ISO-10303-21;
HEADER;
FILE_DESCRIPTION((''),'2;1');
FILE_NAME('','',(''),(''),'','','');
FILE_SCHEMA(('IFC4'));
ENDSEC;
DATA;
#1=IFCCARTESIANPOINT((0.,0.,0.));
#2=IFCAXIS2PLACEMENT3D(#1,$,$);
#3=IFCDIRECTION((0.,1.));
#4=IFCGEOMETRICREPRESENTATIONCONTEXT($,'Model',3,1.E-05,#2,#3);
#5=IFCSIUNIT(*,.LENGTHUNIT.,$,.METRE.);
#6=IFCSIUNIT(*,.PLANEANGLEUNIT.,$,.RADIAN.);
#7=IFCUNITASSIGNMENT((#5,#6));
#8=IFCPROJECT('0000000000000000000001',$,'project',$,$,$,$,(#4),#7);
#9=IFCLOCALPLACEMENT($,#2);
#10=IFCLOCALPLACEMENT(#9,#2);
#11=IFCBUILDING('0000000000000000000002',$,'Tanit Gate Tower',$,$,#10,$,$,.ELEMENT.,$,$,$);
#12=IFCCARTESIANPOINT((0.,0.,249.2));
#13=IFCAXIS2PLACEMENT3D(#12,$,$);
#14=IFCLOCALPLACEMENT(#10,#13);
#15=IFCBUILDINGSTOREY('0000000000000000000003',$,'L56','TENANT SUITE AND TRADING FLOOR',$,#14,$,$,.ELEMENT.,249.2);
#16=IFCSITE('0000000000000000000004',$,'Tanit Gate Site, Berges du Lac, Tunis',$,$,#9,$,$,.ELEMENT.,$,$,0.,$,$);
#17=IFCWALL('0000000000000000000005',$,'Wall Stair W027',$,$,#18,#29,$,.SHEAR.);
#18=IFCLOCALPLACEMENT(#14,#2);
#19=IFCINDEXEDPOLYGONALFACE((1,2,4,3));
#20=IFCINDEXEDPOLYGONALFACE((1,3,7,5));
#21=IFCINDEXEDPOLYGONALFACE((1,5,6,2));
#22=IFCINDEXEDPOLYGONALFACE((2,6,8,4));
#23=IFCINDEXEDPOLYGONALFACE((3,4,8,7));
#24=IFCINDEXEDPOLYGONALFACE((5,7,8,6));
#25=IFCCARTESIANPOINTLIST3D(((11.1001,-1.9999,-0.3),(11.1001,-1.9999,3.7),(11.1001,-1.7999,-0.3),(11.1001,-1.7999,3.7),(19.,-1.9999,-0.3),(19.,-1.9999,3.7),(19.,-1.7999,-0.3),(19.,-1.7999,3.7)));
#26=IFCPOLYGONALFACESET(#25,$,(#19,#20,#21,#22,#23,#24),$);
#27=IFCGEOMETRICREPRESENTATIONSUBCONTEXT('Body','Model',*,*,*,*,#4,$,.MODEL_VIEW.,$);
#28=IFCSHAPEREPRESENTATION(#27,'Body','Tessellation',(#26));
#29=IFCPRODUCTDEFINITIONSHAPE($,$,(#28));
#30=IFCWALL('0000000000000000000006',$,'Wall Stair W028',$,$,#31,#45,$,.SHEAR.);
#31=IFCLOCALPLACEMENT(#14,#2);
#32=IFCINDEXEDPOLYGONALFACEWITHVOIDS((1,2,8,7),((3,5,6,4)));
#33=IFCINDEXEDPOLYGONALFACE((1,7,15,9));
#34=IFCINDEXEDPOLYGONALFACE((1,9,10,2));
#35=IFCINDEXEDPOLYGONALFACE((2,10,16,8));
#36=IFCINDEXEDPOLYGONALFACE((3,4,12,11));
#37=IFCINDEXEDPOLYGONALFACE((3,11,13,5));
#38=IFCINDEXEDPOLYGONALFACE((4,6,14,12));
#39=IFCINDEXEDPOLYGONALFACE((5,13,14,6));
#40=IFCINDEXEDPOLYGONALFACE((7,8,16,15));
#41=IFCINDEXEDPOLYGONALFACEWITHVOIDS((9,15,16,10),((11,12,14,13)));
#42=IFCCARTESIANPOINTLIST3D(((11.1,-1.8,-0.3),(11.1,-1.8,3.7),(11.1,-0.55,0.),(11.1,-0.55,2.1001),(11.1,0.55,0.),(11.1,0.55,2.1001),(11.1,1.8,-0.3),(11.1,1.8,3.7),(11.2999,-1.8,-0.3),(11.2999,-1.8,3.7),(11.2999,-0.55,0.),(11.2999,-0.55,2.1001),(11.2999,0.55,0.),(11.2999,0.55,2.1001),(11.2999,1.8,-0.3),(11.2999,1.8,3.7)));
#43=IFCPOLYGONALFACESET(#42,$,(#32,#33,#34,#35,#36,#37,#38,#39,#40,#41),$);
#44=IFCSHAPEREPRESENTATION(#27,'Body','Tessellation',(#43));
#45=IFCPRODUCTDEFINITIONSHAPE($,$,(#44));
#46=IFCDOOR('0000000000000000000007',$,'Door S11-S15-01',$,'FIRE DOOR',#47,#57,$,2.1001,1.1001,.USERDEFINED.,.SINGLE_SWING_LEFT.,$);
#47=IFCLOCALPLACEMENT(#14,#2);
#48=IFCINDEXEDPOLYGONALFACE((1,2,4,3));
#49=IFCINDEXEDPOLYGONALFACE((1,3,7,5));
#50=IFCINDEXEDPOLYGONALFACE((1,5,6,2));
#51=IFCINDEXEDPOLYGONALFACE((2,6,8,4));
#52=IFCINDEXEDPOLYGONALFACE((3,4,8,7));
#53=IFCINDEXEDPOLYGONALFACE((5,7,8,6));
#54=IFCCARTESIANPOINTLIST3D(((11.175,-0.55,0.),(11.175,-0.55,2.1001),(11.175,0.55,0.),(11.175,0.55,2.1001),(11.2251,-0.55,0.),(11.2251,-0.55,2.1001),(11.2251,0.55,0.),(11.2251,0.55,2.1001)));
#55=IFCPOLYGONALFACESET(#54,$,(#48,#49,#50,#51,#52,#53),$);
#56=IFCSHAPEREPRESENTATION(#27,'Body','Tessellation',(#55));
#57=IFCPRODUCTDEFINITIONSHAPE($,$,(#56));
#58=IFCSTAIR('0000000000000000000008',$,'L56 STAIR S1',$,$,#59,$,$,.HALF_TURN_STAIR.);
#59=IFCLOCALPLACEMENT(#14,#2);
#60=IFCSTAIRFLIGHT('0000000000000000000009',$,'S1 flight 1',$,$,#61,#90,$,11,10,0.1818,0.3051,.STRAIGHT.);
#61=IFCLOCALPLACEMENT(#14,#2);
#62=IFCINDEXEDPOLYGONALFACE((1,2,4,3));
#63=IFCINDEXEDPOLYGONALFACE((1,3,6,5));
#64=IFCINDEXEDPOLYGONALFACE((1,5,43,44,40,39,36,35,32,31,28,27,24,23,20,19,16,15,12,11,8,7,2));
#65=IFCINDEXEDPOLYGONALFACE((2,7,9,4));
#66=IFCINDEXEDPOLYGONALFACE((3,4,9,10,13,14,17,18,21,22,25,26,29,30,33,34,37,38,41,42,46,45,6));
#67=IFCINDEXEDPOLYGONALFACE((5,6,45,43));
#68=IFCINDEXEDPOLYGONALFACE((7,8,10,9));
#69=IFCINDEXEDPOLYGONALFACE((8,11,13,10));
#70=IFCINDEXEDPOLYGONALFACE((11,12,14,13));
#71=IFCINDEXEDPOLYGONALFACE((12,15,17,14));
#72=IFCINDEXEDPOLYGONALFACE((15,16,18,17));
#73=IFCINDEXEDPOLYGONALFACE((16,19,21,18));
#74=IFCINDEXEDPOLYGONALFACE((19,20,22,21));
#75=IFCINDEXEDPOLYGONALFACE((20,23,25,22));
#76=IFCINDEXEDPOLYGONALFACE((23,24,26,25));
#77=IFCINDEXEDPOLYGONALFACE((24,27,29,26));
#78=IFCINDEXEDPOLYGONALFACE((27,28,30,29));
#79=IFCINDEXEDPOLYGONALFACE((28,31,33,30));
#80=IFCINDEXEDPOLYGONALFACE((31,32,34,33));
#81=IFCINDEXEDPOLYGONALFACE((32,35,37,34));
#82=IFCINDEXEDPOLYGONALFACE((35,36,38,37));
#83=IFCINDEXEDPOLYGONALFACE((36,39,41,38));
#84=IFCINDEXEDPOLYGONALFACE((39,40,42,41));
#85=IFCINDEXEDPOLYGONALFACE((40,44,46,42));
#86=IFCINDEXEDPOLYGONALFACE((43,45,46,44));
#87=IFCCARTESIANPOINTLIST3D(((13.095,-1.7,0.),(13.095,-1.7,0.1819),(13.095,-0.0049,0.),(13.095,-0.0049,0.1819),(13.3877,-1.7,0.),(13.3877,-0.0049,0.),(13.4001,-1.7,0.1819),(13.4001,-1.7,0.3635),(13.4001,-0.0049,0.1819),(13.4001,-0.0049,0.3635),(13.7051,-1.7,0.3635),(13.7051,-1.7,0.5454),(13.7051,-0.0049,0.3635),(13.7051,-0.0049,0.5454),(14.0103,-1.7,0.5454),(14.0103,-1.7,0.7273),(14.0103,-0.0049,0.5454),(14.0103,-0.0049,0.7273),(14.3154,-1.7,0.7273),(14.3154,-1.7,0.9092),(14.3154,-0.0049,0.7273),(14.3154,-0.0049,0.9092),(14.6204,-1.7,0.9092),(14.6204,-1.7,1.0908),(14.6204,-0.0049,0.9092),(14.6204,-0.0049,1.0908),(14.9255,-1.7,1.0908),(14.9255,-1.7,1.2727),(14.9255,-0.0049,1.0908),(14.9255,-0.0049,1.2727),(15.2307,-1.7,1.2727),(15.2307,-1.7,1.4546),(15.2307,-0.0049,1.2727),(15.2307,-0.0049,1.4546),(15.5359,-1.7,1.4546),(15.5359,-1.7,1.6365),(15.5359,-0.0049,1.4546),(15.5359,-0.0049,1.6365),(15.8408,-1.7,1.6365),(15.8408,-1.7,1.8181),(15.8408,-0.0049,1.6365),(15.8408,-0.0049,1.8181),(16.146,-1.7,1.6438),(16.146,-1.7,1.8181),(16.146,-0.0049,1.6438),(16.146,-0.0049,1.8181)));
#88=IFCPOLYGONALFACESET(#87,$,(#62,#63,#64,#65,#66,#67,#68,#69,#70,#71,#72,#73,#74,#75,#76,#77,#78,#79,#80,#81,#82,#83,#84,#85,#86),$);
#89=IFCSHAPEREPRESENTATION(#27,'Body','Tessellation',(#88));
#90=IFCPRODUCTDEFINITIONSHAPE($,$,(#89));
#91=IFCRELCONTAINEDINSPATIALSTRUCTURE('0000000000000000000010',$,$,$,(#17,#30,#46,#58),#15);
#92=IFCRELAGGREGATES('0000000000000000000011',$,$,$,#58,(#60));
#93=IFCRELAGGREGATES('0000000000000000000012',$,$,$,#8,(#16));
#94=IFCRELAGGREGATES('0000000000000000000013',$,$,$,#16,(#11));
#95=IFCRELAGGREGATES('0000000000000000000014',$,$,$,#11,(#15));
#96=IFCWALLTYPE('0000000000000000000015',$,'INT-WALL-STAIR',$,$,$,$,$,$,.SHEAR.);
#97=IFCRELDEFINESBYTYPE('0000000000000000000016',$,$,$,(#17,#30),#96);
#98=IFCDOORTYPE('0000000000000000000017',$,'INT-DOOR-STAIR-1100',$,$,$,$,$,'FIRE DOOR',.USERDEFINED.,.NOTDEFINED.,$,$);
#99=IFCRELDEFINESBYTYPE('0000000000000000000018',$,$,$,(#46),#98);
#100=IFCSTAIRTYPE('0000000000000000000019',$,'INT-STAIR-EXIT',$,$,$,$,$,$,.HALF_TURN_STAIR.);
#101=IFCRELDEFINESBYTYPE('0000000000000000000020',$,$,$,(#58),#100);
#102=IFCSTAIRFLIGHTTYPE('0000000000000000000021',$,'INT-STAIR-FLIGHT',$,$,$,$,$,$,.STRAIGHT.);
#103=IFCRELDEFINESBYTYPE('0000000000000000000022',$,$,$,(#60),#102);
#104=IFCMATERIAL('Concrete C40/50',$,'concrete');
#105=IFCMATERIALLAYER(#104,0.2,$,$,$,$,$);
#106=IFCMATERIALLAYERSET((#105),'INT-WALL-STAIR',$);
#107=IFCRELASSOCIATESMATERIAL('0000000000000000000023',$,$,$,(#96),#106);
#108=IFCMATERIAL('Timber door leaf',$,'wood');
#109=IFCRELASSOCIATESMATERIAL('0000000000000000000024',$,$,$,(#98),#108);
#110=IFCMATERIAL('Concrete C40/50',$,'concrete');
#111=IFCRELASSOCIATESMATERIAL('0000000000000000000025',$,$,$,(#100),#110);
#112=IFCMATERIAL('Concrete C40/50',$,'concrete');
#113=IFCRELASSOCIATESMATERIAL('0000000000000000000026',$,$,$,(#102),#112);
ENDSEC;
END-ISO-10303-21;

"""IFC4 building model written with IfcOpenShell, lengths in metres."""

from ifc_helpers import new_model, si_unit, direction, frame, frame_2d, origin, place, context, subcontext, project, spatial, polyline, rectangle, outline, extrude, material, layer, layer_set, type_object, element, fill, aggregate, save


model = new_model("IFC4")

# Units and contexts
model_context = context("Model", 3, precision=1e-05, world=origin(), true_north=direction((0.0, 1.0)))
body_context = subcontext(model_context, "Body", "Model", "MODEL_VIEW")
ifc_project = project(units=[si_unit("LENGTHUNIT", "METRE"), si_unit("PLANEANGLEUNIT", "RADIAN")], contexts=[model_context])

# Site, building, storey
site_placement = place(None, origin())
site = spatial("IfcSite", under=ifc_project, at=site_placement, Name="Tanit Gate Site, Berges du Lac, Tunis", CompositionType="ELEMENT", RefElevation=0.0)
building_placement = place(site_placement, origin())
building = spatial("IfcBuilding", under=site, at=building_placement, Name="Tanit Gate Tower", CompositionType="ELEMENT")
storey_placement = place(building_placement, frame((0.0, 0.0, 249.2)))
storey = spatial("IfcBuildingStorey", under=building, at=storey_placement, Name="L56", Description="TENANT SUITE AND TRADING FLOOR", CompositionType="ELEMENT", Elevation=249.2)

# Wall
ifc_material_1 = material(Name="Concrete C40/50", Category="concrete")
ifc_layer_1 = layer(ifc_material_1, 0.2)
ifc_layer_set_1 = layer_set([ifc_layer_1], Name="INT-WALL-STAIR")
wall_type_1 = type_object("IfcWallType", Name="INT-WALL-STAIR", PredefinedType="SHEAR", material=ifc_layer_set_1)
wall_1_placement = place(storey_placement, frame((11.1001, -1.8999, -0.3), z_axis=(0.0, 0.0, 1.0), x_axis=(1.0, 0.0, 0.0)))
element("IfcWall", 1, at=wall_1_placement, inside=storey, type_object=wall_type_1, Name="Wall Stair W027", PredefinedType="SHEAR", context=body_context, shape_type="SweptSolid", body=[
    extrude(rectangle(XDim=7.8999, YDim=0.2, at=frame_2d((3.95, 0.0))), origin(), (0.0, 0.0, 1.0), 4.0),
])

# Wall, opening, door
wall_2_placement = place(storey_placement, frame((11.2, -1.8, -0.3), z_axis=(0.0, 0.0, 1.0), x_axis=(0.0, 1.0, 0.0)))
wall_2 = element("IfcWall", 2, at=wall_2_placement, inside=storey, type_object=wall_type_1, Name="Wall Stair W028", PredefinedType="SHEAR", context=body_context, shape_type="SweptSolid", body=[
    extrude(rectangle(XDim=3.6001, YDim=0.2, at=frame_2d((1.8, 0.0))), origin(), (0.0, 0.0, 1.0), 4.0),
])
opening_1_placement = place(wall_2_placement, frame((1.25, 0.0, 0.3)))
opening_1 = element("IfcOpeningElement", 3, at=opening_1_placement, cuts=wall_2, PredefinedType="OPENING", context=body_context, shape_type="SweptSolid", body=[
    extrude(rectangle(XDim=1.1001, YDim=2.1001, at=frame_2d((0.55, 1.05))), frame((0.0, 0.1099, 0.0), z_axis=(0.0, -1.0, 0.0), x_axis=(1.0, 0.0, 0.0)), (0.0, 0.0, 1.0), 0.22),
])
ifc_material_2 = material(Name="Timber door leaf", Category="wood")
door_type_1 = type_object("IfcDoorType", Name="INT-DOOR-STAIR-1100", ElementType="FIRE DOOR", OperationType="NOTDEFINED", PredefinedType="USERDEFINED", material=ifc_material_2)
door_1_placement = place(opening_1_placement, origin())
door_1 = element("IfcDoor", 4, at=door_1_placement, inside=storey, type_object=door_type_1, Name="Door S11-S15-01", ObjectType="FIRE DOOR", OperationType="SINGLE_SWING_LEFT", OverallHeight=2.1001, OverallWidth=1.1001, PredefinedType="USERDEFINED", context=body_context, shape_type="SweptSolid", body=[
    extrude(rectangle(XDim=1.1001, YDim=2.1001, at=frame_2d((0.55, 1.05))), frame((0.0, 0.0249, 0.0), z_axis=(0.0, -1.0, 0.0), x_axis=(1.0, 0.0, 0.0)), (0.0, 0.0, 1.0), 0.05),
])
fill(opening_1, door_1)

# Stair, stair flight
ifc_material_3 = material(Name="Concrete C40/50", Category="concrete")
stair_type = type_object("IfcStairType", Name="INT-STAIR-EXIT", PredefinedType="HALF_TURN_STAIR", material=ifc_material_3)
stair_placement = place(storey_placement, origin())
stair = element("IfcStair", 5, at=stair_placement, inside=storey, type_object=stair_type, Name="L56 STAIR S1", PredefinedType="HALF_TURN_STAIR")
ifc_material_4 = material(Name="Concrete C40/50", Category="concrete")
stair_flight_type = type_object("IfcStairFlightType", Name="INT-STAIR-FLIGHT", PredefinedType="STRAIGHT", material=ifc_material_4)
stair_flight_placement = place(storey_placement, frame((13.095, -0.8525, 0.0), z_axis=(0.0, 0.0, 1.0), x_axis=(1.0, 0.0, 0.0)))
stair_flight = element("IfcStairFlight", 6, at=stair_flight_placement, type_object=stair_flight_type, Name="S1 flight 1", NumberOfRisers=11, NumberOfTreads=10, PredefinedType="STRAIGHT", RiserHeight=0.1818, TreadLength=0.3051, context=body_context, shape_type="SweptSolid", body=[
    extrude(outline(polyline([(0.0, 0.0), (0.0, 0.1819), (0.3052, 0.1819), (0.3052, 0.3635), (0.6101, 0.3635), (0.6101, 0.5454), (0.9153, 0.5454), (0.9153, 0.7273), (1.2205, 0.7273), (1.2205, 0.9092), (1.5254, 0.9092), (1.5254, 1.0908), (1.8306, 1.0908), (1.8306, 1.2727), (2.1357, 1.2727), (2.1357, 1.4546), (2.4409, 1.4546), (2.4409, 1.6365), (2.7458, 1.6365), (2.7458, 1.8181), (3.051, 1.8181), (3.051, 2.0), (3.051, 1.6438), (0.2927, 0.0), (0.0, 0.0)])), frame((0.0, 0.8477, 0.0), z_axis=(0.0, -1.0, 0.0), x_axis=(1.0, 0.0, 0.0)), (0.0, 0.0, 1.0), 1.6951),
])
aggregate(stair, [stair_flight])

save(model, "model.ifc")
